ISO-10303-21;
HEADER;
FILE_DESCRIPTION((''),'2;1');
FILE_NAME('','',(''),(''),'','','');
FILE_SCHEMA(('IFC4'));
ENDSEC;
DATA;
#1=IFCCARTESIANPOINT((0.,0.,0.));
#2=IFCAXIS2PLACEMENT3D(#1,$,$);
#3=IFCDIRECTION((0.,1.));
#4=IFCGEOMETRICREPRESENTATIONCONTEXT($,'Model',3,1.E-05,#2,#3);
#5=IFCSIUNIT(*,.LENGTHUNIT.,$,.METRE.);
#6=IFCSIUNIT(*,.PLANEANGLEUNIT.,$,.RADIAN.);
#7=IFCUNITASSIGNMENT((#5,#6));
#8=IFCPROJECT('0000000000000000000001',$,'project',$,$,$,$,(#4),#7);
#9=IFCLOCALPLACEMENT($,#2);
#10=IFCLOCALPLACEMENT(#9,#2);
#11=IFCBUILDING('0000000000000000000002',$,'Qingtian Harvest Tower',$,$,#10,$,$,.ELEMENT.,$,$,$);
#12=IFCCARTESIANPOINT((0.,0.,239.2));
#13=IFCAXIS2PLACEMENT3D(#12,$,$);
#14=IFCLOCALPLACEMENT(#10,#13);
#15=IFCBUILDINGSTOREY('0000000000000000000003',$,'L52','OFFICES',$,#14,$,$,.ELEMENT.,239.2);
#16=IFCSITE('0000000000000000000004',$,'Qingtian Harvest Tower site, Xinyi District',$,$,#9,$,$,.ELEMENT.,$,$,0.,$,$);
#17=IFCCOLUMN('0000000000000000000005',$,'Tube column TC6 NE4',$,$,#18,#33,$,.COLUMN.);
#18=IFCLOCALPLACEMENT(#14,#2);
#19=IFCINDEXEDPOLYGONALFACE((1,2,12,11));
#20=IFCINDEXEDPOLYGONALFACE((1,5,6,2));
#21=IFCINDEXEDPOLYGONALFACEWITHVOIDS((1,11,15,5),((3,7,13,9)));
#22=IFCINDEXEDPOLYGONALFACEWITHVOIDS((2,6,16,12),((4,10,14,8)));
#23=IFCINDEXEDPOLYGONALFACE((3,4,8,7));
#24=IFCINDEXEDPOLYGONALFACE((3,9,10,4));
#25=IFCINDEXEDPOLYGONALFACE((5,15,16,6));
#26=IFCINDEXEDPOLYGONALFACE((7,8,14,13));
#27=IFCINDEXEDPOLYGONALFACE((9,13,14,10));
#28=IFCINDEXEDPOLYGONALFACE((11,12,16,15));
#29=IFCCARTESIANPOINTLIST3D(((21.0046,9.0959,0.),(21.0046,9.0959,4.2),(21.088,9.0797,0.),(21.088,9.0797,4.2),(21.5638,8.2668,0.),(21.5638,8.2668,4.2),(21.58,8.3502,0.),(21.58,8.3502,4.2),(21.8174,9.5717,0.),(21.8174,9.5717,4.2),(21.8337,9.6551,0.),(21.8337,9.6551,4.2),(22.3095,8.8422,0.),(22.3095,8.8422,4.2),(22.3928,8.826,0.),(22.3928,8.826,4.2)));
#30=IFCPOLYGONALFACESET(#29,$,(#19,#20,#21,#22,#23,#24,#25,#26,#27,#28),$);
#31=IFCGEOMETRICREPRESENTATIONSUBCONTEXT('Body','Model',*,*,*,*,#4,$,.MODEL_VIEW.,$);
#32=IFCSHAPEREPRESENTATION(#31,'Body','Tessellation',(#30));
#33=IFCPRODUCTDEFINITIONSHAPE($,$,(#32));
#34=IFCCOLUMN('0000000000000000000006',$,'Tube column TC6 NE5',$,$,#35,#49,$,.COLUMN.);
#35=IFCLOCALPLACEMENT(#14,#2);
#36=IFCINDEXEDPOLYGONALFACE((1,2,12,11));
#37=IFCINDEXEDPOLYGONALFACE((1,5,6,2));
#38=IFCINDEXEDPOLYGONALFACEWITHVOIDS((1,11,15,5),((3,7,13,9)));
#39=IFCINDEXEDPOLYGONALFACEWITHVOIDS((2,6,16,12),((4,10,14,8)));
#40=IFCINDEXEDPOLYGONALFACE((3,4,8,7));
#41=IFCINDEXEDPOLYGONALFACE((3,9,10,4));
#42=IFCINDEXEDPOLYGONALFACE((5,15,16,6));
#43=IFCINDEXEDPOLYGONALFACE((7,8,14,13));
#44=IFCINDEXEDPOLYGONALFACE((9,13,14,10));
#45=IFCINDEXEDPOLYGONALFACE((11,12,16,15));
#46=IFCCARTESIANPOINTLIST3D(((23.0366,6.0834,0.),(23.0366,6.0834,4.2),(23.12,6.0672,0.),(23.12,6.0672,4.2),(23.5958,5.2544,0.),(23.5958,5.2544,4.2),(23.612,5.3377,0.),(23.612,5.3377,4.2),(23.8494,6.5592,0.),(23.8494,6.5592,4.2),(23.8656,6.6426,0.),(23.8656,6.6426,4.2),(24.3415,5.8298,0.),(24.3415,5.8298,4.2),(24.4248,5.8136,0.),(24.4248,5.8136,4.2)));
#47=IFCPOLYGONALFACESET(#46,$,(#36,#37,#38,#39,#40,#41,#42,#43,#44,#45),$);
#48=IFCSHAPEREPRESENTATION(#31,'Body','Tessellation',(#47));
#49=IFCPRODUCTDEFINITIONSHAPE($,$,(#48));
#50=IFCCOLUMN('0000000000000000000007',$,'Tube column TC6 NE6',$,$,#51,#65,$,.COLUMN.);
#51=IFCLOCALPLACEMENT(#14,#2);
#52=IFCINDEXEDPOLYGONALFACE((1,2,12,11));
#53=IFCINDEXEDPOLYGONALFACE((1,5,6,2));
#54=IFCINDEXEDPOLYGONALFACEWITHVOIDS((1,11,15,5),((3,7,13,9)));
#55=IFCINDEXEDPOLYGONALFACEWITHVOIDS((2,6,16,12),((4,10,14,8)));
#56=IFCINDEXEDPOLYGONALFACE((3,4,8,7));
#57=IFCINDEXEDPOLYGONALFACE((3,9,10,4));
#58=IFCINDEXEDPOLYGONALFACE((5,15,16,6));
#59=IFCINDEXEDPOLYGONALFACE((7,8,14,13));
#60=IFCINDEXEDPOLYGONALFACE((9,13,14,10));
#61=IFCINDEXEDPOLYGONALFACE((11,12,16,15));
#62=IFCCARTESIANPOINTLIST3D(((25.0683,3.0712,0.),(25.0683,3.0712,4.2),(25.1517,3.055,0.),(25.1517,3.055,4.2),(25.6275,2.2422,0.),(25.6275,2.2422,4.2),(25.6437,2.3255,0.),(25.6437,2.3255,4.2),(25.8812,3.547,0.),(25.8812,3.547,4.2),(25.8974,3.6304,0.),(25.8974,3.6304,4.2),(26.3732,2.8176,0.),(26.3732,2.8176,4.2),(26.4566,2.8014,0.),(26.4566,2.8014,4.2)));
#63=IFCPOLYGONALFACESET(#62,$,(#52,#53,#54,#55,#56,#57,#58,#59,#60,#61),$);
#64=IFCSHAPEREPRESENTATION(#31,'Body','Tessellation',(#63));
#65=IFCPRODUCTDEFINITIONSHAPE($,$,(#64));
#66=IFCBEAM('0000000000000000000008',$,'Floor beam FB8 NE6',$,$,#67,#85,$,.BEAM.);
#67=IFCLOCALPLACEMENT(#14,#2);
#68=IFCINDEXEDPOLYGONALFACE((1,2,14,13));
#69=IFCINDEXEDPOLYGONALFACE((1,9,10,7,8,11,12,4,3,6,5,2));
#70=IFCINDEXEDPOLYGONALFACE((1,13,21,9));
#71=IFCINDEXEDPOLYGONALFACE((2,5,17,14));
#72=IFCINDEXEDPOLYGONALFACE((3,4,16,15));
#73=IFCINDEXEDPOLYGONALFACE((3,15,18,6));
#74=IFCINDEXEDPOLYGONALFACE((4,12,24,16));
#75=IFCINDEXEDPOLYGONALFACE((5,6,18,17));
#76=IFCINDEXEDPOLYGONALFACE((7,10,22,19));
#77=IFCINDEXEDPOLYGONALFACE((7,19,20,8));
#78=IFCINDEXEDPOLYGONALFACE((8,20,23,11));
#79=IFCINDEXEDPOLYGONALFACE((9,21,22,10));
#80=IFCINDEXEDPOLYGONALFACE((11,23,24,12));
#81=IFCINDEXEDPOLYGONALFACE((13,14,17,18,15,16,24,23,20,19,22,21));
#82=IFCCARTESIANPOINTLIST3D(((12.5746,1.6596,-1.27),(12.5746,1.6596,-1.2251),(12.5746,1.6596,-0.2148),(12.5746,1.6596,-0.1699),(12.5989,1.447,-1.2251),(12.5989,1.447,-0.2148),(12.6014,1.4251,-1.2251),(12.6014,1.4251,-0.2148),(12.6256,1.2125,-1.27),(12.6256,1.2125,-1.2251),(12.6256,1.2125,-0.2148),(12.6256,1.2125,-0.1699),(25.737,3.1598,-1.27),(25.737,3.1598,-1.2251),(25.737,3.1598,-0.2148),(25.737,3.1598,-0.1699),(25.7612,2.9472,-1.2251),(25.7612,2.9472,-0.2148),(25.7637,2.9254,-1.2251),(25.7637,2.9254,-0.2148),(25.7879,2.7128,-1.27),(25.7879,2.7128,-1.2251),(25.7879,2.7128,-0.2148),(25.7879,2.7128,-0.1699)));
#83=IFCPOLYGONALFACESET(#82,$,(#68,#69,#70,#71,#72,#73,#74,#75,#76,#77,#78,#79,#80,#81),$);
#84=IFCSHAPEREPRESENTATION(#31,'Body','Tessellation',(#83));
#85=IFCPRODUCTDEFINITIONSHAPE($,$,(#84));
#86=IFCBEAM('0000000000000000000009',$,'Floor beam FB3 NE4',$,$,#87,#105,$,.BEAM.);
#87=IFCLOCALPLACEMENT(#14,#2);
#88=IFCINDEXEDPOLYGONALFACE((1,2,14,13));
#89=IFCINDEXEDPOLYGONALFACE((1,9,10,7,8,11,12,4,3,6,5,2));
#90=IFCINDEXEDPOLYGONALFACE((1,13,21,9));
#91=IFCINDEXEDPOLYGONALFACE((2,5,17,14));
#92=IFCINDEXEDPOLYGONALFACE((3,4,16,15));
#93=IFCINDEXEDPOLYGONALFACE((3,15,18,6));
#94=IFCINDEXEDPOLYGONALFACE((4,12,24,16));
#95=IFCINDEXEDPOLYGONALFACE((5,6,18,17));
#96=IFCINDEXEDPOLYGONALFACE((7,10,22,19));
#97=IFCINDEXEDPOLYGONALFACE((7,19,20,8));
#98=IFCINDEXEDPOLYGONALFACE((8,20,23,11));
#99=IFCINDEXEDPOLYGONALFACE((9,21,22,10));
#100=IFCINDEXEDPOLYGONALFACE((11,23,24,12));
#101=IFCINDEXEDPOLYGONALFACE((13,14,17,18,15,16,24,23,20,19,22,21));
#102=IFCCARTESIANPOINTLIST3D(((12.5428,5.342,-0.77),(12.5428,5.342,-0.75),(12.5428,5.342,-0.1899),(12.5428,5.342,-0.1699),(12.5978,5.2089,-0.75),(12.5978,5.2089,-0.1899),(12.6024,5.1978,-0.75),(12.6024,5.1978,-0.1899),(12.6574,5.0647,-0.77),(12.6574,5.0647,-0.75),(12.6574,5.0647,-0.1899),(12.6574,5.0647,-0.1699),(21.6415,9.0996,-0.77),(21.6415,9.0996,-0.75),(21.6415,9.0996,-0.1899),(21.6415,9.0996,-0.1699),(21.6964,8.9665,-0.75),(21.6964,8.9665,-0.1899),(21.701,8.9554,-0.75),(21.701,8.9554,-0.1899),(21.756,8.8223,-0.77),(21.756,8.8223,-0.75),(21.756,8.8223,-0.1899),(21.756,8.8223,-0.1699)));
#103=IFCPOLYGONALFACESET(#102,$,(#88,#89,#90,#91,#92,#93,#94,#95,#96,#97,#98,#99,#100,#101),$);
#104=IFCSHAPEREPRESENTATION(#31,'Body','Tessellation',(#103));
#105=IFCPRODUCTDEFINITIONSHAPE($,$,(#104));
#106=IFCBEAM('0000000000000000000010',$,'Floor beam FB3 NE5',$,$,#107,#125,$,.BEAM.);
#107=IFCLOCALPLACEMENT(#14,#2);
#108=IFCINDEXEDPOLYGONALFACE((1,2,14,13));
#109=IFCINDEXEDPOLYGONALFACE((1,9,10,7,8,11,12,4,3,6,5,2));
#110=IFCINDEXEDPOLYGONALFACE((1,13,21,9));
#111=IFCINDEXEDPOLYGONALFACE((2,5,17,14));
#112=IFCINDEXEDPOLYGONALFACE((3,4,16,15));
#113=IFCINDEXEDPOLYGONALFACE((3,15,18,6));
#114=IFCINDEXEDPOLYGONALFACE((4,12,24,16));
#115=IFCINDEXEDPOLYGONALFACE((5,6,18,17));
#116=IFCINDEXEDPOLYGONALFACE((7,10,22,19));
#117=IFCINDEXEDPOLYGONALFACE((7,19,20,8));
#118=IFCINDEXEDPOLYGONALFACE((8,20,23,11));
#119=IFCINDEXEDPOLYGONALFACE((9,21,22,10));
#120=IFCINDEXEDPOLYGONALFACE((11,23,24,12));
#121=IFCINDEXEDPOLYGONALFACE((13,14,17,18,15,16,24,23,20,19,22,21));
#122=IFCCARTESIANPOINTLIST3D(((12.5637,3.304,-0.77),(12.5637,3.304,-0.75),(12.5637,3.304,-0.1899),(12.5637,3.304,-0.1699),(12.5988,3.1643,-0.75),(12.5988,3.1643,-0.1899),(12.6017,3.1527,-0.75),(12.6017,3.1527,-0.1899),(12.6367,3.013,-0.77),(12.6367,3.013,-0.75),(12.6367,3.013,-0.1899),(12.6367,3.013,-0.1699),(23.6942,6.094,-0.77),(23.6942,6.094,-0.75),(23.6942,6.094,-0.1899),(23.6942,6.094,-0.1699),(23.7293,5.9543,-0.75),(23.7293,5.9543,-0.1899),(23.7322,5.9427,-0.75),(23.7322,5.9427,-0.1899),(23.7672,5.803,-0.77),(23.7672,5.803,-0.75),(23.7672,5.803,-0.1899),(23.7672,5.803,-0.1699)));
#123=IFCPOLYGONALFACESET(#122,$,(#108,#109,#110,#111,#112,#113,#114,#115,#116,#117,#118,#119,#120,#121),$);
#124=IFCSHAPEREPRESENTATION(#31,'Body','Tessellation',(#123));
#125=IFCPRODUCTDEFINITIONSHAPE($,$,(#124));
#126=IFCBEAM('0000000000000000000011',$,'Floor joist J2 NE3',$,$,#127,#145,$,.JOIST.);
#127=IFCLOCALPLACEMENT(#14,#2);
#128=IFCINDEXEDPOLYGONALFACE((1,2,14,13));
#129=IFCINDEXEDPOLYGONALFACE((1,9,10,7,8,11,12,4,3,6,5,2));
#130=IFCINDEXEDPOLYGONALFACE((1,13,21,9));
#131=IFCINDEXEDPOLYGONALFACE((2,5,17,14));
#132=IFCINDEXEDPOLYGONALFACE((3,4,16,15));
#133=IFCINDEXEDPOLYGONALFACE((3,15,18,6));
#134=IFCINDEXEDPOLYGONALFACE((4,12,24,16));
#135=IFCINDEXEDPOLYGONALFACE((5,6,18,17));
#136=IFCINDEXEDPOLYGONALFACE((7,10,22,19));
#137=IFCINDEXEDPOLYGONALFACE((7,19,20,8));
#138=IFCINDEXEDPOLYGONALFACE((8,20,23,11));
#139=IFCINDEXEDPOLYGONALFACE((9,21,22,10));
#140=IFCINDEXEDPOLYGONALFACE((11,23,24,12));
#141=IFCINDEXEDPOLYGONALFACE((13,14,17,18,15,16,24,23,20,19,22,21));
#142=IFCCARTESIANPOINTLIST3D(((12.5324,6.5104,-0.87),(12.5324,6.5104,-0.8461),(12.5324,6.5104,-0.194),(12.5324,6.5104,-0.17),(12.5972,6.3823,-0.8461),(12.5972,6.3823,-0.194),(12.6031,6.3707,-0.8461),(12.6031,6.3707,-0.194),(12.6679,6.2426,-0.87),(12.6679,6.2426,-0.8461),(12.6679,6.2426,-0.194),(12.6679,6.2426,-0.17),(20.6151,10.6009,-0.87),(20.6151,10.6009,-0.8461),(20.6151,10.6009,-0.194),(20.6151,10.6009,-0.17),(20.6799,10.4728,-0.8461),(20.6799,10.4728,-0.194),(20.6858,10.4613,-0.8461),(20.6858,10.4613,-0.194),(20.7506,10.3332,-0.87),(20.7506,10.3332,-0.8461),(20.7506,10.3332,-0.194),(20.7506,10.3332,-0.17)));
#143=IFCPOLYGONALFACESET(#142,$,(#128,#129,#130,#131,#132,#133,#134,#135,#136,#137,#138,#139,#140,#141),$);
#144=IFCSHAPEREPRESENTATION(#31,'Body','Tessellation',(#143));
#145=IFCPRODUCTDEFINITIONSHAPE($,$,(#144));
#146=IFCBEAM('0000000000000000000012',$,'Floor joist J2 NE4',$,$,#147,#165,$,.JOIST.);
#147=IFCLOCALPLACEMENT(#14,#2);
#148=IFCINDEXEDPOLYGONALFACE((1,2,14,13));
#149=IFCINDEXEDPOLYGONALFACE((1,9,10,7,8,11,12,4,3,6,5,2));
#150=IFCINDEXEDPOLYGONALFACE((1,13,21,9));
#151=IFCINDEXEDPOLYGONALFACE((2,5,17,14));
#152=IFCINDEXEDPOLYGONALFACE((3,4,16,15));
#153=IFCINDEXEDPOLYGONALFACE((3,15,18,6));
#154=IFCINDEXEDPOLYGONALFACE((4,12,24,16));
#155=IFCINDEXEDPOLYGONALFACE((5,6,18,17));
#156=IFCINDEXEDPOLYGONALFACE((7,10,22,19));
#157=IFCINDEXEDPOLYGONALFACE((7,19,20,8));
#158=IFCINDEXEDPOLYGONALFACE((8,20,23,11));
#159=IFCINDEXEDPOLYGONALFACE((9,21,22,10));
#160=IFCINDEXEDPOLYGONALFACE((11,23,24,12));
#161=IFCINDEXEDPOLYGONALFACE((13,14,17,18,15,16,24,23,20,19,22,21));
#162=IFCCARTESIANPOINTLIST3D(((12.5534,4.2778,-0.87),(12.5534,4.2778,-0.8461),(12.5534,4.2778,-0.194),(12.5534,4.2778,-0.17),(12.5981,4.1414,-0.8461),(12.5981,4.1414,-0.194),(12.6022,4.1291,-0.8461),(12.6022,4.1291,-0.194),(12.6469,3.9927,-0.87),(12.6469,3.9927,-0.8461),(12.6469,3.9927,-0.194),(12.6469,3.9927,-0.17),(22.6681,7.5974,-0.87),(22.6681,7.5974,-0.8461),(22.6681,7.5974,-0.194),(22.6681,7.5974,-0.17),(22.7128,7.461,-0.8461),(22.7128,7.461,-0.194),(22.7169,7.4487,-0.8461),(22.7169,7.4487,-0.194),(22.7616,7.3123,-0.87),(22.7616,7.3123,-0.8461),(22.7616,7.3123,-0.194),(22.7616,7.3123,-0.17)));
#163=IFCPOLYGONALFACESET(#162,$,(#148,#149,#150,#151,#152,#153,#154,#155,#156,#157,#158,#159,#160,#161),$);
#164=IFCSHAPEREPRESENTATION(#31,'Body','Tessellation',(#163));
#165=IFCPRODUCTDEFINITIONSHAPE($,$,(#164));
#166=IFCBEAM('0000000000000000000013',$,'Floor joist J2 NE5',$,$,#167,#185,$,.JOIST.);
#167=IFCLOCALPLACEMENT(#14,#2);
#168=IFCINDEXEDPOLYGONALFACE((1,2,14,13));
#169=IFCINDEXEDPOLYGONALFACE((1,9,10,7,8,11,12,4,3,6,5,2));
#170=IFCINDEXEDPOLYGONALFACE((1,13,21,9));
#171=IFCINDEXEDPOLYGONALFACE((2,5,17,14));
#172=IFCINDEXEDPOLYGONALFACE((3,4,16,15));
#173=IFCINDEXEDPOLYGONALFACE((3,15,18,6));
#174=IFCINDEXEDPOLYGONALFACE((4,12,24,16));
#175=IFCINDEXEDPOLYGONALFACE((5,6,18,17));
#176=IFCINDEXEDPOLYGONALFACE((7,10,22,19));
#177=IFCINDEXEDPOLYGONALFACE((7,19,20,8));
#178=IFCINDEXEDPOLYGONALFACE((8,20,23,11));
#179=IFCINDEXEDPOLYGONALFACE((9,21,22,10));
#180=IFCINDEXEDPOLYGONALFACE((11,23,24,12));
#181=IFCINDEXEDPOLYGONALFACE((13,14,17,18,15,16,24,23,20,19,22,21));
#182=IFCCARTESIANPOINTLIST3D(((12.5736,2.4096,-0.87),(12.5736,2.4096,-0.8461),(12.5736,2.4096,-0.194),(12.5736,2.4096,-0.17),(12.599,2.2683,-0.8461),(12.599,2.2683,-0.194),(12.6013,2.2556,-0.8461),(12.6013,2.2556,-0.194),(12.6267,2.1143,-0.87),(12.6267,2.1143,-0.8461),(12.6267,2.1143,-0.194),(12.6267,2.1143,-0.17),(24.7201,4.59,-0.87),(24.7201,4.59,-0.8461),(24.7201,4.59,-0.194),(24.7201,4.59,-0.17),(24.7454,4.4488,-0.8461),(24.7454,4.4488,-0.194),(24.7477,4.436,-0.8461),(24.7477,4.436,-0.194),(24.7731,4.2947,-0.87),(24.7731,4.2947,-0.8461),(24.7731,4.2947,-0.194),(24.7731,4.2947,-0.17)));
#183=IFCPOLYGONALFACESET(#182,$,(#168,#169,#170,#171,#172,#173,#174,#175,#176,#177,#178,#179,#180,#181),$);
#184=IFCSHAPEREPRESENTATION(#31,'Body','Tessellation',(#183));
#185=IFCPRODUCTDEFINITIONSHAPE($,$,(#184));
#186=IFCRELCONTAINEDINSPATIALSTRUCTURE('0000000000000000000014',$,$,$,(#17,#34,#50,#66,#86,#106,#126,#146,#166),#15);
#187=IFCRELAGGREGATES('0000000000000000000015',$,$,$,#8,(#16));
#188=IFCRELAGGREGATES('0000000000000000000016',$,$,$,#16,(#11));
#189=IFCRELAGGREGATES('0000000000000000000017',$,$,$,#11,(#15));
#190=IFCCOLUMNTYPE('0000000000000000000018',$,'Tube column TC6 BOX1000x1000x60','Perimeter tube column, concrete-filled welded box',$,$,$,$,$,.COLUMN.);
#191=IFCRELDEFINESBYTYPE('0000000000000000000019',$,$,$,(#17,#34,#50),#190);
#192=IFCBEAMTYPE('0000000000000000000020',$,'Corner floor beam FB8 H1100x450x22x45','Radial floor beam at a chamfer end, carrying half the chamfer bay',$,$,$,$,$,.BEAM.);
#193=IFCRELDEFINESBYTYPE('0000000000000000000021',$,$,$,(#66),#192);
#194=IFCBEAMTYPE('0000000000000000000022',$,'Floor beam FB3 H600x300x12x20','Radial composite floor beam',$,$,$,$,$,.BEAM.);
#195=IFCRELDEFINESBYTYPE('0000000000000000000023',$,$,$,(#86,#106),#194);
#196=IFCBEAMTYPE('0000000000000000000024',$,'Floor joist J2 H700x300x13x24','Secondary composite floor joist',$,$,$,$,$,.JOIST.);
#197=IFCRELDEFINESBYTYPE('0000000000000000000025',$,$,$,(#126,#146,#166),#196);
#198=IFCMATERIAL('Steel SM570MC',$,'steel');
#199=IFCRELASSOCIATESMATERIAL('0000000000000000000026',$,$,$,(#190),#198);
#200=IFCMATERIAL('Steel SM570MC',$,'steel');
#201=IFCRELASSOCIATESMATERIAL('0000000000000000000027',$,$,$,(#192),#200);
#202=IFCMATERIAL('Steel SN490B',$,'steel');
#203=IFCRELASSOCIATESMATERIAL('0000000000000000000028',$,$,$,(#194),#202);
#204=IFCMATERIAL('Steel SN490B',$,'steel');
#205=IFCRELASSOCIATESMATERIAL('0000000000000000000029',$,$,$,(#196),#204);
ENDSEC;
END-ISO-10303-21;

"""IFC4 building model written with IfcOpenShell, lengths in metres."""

from ifc_helpers import new_model, si_unit, direction, frame, origin, origin_2d, place, context, subcontext, project, spatial, hollow_rectangle, i_section, extrude, material, material_profile, profile_set, type_object, element, save


model = new_model("IFC4")

# Units and contexts
model_context = context("Model", 3, precision=1e-05, world=origin(), true_north=direction((0.0, 1.0)))
body_context = subcontext(model_context, "Body", "Model", "MODEL_VIEW")
ifc_project = project(units=[si_unit("LENGTHUNIT", "METRE"), si_unit("PLANEANGLEUNIT", "RADIAN")], contexts=[model_context])

# Site, building, storey
site_placement = place(None, origin())
site = spatial("IfcSite", under=ifc_project, at=site_placement, Name="Qingtian Harvest Tower site, Xinyi District", CompositionType="ELEMENT", RefElevation=0.0)
building_placement = place(site_placement, origin())
building = spatial("IfcBuilding", under=site, at=building_placement, Name="Qingtian Harvest Tower", CompositionType="ELEMENT")
storey_placement = place(building_placement, frame((0.0, 0.0, 239.2)))
storey = spatial("IfcBuildingStorey", under=building, at=storey_placement, Name="L52", Description="OFFICES", CompositionType="ELEMENT", Elevation=239.2)

# Columns
ifc_material_1 = material(Name="Steel SM570MC", Category="steel")
ifc_material_profile_1 = material_profile(ifc_material_1, hollow_rectangle(XDim=1.0, YDim=1.0, WallThickness=0.0601, at=origin_2d()), Name="BOX1000x1000x60")
ifc_profile_set_1 = profile_set([ifc_material_profile_1], Name="Steel SM570MC")
column_type = type_object("IfcColumnType", Name="Tube column TC6 BOX1000x1000x60", Description="Perimeter tube column, concrete-filled welded box", PredefinedType="COLUMN", material=ifc_profile_set_1)
for number, where, z_axis, x_axis, name in (
    (1, (21.6987, 8.9609, 0.0), (0.0, 0.0, 1.0), (-0.559193, 0.829038, 0.0), "Tube column TC6 NE4"),
    (2, (23.7307, 5.9485, 0.0), (0.0, 0.0, 1.0), (-0.559193, 0.829038, 0.0), "Tube column TC6 NE5"),
    (3, (25.7625, 2.9363, 0.0), (0.0, 0.0, 1.0), (-0.559193, 0.829038, 0.0), "Tube column TC6 NE6"),
):
    element("IfcColumn", number, at=place(storey_placement, frame(where, z_axis=z_axis, x_axis=x_axis)), inside=storey, type_object=column_type, Name=name, PredefinedType="COLUMN", context=body_context, shape_type="SweptSolid", body=[
        extrude(hollow_rectangle(XDim=1.0, YDim=1.0, WallThickness=0.0601, at=origin_2d()), origin(), (0.0, 0.0, 1.0), 4.2),
    ])

# Beams
ifc_material_2 = material(Name="Steel SM570MC", Category="steel")
ifc_material_profile_2 = material_profile(ifc_material_2, i_section(OverallWidth=0.45, OverallDepth=1.1001, WebThickness=0.022, FlangeThickness=0.0449, at=origin_2d()), Name="H1100x450x22x45")
ifc_profile_set_2 = profile_set([ifc_material_profile_2], Name="Steel SM570MC")
beam_type_1 = type_object("IfcBeamType", Name="Corner floor beam FB8 H1100x450x22x45", Description="Radial floor beam at a chamfer end, carrying half the chamfer bay", PredefinedType="BEAM", material=ifc_profile_set_2)
beam_1_placement = place(storey_placement, frame((25.7625, 2.9363, -0.72), z_axis=(-0.993567, -0.113247, 0.0), x_axis=(0.113247, -0.993567, 0.0)))
element("IfcBeam", 4, at=beam_1_placement, inside=storey, type_object=beam_type_1, Name="Floor beam FB8 NE6", PredefinedType="BEAM", context=body_context, shape_type="SweptSolid", body=[
    extrude(i_section(OverallWidth=0.45, OverallDepth=1.1001, WebThickness=0.022, FlangeThickness=0.0449, at=origin_2d()), origin(), (0.0, 0.0, 1.0), 13.2476),
])
ifc_material_3 = material(Name="Steel SN490B", Category="steel")
ifc_material_profile_3 = material_profile(ifc_material_3, i_section(OverallWidth=0.3, OverallDepth=0.6001, WebThickness=0.012, FlangeThickness=0.02, at=origin_2d()), Name="H600x300x12x20")
ifc_profile_set_3 = profile_set([ifc_material_profile_3], Name="Steel SN490B")
beam_type_2 = type_object("IfcBeamType", Name="Floor beam FB3 H600x300x12x20", Description="Radial composite floor beam", PredefinedType="BEAM", material=ifc_profile_set_3)
beam_2_placement = place(storey_placement, frame((21.6987, 8.9609, -0.47), z_axis=(-0.924282, -0.381711, 0.0), x_axis=(0.381711, -0.924282, 0.0)))
element("IfcBeam", 5, at=beam_2_placement, inside=storey, type_object=beam_type_2, Name="Floor beam FB3 NE4", PredefinedType="BEAM", context=body_context, shape_type="SweptSolid", body=[
    extrude(i_section(OverallWidth=0.3, OverallDepth=0.6001, WebThickness=0.012, FlangeThickness=0.02, at=origin_2d()), origin(), (0.0, 0.0, 1.0), 9.844),
])
beam_3_placement = place(storey_placement, frame((23.7307, 5.9485, -0.47), z_axis=(-0.969991, -0.243141, 0.0), x_axis=(0.243141, -0.969991, 0.0)))
element("IfcBeam", 6, at=beam_3_placement, inside=storey, type_object=beam_type_2, Name="Floor beam FB3 NE5", PredefinedType="BEAM", context=body_context, shape_type="SweptSolid", body=[
    extrude(i_section(OverallWidth=0.3, OverallDepth=0.6001, WebThickness=0.012, FlangeThickness=0.02, at=origin_2d()), origin(), (0.0, 0.0, 1.0), 11.4749),
])
ifc_material_4 = material(Name="Steel SN490B", Category="steel")
ifc_material_profile_4 = material_profile(ifc_material_4, i_section(OverallWidth=0.3, OverallDepth=0.7, WebThickness=0.0129, FlangeThickness=0.0239, at=origin_2d()), Name="H700x300x13x24")
ifc_profile_set_4 = profile_set([ifc_material_profile_4], Name="Steel SN490B")
beam_type_3 = type_object("IfcBeamType", Name="Floor joist J2 H700x300x13x24", Description="Secondary composite floor joist", PredefinedType="JOIST", material=ifc_profile_set_4)
beam_4_placement = place(storey_placement, frame((20.6829, 10.467, -0.52), z_axis=(-0.892244, -0.451553, 0.0), x_axis=(0.451553, -0.892244, 0.0)))
element("IfcBeam", 7, at=beam_4_placement, inside=storey, type_object=beam_type_3, Name="Floor joist J2 NE3", PredefinedType="JOIST", context=body_context, shape_type="SweptSolid", body=[
    extrude(i_section(OverallWidth=0.3, OverallDepth=0.7, WebThickness=0.0129, FlangeThickness=0.0239, at=origin_2d()), origin(), (0.0, 0.0, 1.0), 9.0588),
])
beam_5_placement = place(storey_placement, frame((22.7148, 7.4548, -0.52), z_axis=(-0.950139, -0.311828, 0.0), x_axis=(0.311828, -0.950139, 0.0)))
element("IfcBeam", 8, at=beam_5_placement, inside=storey, type_object=beam_type_3, Name="Floor joist J2 NE4", PredefinedType="JOIST", context=body_context, shape_type="SweptSolid", body=[
    extrude(i_section(OverallWidth=0.3, OverallDepth=0.7, WebThickness=0.0129, FlangeThickness=0.0239, at=origin_2d()), origin(), (0.0, 0.0, 1.0), 10.6455),
])
beam_6_placement = place(storey_placement, frame((24.7466, 4.4424, -0.52), z_axis=(-0.984267, -0.176686, 0.0), x_axis=(0.176686, -0.984267, 0.0)))
element("IfcBeam", 9, at=beam_6_placement, inside=storey, type_object=beam_type_3, Name="Floor joist J2 NE5", PredefinedType="JOIST", context=body_context, shape_type="SweptSolid", body=[
    extrude(i_section(OverallWidth=0.3, OverallDepth=0.7, WebThickness=0.0129, FlangeThickness=0.0239, at=origin_2d()), origin(), (0.0, 0.0, 1.0), 12.3406),
])

save(model, "model.ifc")
